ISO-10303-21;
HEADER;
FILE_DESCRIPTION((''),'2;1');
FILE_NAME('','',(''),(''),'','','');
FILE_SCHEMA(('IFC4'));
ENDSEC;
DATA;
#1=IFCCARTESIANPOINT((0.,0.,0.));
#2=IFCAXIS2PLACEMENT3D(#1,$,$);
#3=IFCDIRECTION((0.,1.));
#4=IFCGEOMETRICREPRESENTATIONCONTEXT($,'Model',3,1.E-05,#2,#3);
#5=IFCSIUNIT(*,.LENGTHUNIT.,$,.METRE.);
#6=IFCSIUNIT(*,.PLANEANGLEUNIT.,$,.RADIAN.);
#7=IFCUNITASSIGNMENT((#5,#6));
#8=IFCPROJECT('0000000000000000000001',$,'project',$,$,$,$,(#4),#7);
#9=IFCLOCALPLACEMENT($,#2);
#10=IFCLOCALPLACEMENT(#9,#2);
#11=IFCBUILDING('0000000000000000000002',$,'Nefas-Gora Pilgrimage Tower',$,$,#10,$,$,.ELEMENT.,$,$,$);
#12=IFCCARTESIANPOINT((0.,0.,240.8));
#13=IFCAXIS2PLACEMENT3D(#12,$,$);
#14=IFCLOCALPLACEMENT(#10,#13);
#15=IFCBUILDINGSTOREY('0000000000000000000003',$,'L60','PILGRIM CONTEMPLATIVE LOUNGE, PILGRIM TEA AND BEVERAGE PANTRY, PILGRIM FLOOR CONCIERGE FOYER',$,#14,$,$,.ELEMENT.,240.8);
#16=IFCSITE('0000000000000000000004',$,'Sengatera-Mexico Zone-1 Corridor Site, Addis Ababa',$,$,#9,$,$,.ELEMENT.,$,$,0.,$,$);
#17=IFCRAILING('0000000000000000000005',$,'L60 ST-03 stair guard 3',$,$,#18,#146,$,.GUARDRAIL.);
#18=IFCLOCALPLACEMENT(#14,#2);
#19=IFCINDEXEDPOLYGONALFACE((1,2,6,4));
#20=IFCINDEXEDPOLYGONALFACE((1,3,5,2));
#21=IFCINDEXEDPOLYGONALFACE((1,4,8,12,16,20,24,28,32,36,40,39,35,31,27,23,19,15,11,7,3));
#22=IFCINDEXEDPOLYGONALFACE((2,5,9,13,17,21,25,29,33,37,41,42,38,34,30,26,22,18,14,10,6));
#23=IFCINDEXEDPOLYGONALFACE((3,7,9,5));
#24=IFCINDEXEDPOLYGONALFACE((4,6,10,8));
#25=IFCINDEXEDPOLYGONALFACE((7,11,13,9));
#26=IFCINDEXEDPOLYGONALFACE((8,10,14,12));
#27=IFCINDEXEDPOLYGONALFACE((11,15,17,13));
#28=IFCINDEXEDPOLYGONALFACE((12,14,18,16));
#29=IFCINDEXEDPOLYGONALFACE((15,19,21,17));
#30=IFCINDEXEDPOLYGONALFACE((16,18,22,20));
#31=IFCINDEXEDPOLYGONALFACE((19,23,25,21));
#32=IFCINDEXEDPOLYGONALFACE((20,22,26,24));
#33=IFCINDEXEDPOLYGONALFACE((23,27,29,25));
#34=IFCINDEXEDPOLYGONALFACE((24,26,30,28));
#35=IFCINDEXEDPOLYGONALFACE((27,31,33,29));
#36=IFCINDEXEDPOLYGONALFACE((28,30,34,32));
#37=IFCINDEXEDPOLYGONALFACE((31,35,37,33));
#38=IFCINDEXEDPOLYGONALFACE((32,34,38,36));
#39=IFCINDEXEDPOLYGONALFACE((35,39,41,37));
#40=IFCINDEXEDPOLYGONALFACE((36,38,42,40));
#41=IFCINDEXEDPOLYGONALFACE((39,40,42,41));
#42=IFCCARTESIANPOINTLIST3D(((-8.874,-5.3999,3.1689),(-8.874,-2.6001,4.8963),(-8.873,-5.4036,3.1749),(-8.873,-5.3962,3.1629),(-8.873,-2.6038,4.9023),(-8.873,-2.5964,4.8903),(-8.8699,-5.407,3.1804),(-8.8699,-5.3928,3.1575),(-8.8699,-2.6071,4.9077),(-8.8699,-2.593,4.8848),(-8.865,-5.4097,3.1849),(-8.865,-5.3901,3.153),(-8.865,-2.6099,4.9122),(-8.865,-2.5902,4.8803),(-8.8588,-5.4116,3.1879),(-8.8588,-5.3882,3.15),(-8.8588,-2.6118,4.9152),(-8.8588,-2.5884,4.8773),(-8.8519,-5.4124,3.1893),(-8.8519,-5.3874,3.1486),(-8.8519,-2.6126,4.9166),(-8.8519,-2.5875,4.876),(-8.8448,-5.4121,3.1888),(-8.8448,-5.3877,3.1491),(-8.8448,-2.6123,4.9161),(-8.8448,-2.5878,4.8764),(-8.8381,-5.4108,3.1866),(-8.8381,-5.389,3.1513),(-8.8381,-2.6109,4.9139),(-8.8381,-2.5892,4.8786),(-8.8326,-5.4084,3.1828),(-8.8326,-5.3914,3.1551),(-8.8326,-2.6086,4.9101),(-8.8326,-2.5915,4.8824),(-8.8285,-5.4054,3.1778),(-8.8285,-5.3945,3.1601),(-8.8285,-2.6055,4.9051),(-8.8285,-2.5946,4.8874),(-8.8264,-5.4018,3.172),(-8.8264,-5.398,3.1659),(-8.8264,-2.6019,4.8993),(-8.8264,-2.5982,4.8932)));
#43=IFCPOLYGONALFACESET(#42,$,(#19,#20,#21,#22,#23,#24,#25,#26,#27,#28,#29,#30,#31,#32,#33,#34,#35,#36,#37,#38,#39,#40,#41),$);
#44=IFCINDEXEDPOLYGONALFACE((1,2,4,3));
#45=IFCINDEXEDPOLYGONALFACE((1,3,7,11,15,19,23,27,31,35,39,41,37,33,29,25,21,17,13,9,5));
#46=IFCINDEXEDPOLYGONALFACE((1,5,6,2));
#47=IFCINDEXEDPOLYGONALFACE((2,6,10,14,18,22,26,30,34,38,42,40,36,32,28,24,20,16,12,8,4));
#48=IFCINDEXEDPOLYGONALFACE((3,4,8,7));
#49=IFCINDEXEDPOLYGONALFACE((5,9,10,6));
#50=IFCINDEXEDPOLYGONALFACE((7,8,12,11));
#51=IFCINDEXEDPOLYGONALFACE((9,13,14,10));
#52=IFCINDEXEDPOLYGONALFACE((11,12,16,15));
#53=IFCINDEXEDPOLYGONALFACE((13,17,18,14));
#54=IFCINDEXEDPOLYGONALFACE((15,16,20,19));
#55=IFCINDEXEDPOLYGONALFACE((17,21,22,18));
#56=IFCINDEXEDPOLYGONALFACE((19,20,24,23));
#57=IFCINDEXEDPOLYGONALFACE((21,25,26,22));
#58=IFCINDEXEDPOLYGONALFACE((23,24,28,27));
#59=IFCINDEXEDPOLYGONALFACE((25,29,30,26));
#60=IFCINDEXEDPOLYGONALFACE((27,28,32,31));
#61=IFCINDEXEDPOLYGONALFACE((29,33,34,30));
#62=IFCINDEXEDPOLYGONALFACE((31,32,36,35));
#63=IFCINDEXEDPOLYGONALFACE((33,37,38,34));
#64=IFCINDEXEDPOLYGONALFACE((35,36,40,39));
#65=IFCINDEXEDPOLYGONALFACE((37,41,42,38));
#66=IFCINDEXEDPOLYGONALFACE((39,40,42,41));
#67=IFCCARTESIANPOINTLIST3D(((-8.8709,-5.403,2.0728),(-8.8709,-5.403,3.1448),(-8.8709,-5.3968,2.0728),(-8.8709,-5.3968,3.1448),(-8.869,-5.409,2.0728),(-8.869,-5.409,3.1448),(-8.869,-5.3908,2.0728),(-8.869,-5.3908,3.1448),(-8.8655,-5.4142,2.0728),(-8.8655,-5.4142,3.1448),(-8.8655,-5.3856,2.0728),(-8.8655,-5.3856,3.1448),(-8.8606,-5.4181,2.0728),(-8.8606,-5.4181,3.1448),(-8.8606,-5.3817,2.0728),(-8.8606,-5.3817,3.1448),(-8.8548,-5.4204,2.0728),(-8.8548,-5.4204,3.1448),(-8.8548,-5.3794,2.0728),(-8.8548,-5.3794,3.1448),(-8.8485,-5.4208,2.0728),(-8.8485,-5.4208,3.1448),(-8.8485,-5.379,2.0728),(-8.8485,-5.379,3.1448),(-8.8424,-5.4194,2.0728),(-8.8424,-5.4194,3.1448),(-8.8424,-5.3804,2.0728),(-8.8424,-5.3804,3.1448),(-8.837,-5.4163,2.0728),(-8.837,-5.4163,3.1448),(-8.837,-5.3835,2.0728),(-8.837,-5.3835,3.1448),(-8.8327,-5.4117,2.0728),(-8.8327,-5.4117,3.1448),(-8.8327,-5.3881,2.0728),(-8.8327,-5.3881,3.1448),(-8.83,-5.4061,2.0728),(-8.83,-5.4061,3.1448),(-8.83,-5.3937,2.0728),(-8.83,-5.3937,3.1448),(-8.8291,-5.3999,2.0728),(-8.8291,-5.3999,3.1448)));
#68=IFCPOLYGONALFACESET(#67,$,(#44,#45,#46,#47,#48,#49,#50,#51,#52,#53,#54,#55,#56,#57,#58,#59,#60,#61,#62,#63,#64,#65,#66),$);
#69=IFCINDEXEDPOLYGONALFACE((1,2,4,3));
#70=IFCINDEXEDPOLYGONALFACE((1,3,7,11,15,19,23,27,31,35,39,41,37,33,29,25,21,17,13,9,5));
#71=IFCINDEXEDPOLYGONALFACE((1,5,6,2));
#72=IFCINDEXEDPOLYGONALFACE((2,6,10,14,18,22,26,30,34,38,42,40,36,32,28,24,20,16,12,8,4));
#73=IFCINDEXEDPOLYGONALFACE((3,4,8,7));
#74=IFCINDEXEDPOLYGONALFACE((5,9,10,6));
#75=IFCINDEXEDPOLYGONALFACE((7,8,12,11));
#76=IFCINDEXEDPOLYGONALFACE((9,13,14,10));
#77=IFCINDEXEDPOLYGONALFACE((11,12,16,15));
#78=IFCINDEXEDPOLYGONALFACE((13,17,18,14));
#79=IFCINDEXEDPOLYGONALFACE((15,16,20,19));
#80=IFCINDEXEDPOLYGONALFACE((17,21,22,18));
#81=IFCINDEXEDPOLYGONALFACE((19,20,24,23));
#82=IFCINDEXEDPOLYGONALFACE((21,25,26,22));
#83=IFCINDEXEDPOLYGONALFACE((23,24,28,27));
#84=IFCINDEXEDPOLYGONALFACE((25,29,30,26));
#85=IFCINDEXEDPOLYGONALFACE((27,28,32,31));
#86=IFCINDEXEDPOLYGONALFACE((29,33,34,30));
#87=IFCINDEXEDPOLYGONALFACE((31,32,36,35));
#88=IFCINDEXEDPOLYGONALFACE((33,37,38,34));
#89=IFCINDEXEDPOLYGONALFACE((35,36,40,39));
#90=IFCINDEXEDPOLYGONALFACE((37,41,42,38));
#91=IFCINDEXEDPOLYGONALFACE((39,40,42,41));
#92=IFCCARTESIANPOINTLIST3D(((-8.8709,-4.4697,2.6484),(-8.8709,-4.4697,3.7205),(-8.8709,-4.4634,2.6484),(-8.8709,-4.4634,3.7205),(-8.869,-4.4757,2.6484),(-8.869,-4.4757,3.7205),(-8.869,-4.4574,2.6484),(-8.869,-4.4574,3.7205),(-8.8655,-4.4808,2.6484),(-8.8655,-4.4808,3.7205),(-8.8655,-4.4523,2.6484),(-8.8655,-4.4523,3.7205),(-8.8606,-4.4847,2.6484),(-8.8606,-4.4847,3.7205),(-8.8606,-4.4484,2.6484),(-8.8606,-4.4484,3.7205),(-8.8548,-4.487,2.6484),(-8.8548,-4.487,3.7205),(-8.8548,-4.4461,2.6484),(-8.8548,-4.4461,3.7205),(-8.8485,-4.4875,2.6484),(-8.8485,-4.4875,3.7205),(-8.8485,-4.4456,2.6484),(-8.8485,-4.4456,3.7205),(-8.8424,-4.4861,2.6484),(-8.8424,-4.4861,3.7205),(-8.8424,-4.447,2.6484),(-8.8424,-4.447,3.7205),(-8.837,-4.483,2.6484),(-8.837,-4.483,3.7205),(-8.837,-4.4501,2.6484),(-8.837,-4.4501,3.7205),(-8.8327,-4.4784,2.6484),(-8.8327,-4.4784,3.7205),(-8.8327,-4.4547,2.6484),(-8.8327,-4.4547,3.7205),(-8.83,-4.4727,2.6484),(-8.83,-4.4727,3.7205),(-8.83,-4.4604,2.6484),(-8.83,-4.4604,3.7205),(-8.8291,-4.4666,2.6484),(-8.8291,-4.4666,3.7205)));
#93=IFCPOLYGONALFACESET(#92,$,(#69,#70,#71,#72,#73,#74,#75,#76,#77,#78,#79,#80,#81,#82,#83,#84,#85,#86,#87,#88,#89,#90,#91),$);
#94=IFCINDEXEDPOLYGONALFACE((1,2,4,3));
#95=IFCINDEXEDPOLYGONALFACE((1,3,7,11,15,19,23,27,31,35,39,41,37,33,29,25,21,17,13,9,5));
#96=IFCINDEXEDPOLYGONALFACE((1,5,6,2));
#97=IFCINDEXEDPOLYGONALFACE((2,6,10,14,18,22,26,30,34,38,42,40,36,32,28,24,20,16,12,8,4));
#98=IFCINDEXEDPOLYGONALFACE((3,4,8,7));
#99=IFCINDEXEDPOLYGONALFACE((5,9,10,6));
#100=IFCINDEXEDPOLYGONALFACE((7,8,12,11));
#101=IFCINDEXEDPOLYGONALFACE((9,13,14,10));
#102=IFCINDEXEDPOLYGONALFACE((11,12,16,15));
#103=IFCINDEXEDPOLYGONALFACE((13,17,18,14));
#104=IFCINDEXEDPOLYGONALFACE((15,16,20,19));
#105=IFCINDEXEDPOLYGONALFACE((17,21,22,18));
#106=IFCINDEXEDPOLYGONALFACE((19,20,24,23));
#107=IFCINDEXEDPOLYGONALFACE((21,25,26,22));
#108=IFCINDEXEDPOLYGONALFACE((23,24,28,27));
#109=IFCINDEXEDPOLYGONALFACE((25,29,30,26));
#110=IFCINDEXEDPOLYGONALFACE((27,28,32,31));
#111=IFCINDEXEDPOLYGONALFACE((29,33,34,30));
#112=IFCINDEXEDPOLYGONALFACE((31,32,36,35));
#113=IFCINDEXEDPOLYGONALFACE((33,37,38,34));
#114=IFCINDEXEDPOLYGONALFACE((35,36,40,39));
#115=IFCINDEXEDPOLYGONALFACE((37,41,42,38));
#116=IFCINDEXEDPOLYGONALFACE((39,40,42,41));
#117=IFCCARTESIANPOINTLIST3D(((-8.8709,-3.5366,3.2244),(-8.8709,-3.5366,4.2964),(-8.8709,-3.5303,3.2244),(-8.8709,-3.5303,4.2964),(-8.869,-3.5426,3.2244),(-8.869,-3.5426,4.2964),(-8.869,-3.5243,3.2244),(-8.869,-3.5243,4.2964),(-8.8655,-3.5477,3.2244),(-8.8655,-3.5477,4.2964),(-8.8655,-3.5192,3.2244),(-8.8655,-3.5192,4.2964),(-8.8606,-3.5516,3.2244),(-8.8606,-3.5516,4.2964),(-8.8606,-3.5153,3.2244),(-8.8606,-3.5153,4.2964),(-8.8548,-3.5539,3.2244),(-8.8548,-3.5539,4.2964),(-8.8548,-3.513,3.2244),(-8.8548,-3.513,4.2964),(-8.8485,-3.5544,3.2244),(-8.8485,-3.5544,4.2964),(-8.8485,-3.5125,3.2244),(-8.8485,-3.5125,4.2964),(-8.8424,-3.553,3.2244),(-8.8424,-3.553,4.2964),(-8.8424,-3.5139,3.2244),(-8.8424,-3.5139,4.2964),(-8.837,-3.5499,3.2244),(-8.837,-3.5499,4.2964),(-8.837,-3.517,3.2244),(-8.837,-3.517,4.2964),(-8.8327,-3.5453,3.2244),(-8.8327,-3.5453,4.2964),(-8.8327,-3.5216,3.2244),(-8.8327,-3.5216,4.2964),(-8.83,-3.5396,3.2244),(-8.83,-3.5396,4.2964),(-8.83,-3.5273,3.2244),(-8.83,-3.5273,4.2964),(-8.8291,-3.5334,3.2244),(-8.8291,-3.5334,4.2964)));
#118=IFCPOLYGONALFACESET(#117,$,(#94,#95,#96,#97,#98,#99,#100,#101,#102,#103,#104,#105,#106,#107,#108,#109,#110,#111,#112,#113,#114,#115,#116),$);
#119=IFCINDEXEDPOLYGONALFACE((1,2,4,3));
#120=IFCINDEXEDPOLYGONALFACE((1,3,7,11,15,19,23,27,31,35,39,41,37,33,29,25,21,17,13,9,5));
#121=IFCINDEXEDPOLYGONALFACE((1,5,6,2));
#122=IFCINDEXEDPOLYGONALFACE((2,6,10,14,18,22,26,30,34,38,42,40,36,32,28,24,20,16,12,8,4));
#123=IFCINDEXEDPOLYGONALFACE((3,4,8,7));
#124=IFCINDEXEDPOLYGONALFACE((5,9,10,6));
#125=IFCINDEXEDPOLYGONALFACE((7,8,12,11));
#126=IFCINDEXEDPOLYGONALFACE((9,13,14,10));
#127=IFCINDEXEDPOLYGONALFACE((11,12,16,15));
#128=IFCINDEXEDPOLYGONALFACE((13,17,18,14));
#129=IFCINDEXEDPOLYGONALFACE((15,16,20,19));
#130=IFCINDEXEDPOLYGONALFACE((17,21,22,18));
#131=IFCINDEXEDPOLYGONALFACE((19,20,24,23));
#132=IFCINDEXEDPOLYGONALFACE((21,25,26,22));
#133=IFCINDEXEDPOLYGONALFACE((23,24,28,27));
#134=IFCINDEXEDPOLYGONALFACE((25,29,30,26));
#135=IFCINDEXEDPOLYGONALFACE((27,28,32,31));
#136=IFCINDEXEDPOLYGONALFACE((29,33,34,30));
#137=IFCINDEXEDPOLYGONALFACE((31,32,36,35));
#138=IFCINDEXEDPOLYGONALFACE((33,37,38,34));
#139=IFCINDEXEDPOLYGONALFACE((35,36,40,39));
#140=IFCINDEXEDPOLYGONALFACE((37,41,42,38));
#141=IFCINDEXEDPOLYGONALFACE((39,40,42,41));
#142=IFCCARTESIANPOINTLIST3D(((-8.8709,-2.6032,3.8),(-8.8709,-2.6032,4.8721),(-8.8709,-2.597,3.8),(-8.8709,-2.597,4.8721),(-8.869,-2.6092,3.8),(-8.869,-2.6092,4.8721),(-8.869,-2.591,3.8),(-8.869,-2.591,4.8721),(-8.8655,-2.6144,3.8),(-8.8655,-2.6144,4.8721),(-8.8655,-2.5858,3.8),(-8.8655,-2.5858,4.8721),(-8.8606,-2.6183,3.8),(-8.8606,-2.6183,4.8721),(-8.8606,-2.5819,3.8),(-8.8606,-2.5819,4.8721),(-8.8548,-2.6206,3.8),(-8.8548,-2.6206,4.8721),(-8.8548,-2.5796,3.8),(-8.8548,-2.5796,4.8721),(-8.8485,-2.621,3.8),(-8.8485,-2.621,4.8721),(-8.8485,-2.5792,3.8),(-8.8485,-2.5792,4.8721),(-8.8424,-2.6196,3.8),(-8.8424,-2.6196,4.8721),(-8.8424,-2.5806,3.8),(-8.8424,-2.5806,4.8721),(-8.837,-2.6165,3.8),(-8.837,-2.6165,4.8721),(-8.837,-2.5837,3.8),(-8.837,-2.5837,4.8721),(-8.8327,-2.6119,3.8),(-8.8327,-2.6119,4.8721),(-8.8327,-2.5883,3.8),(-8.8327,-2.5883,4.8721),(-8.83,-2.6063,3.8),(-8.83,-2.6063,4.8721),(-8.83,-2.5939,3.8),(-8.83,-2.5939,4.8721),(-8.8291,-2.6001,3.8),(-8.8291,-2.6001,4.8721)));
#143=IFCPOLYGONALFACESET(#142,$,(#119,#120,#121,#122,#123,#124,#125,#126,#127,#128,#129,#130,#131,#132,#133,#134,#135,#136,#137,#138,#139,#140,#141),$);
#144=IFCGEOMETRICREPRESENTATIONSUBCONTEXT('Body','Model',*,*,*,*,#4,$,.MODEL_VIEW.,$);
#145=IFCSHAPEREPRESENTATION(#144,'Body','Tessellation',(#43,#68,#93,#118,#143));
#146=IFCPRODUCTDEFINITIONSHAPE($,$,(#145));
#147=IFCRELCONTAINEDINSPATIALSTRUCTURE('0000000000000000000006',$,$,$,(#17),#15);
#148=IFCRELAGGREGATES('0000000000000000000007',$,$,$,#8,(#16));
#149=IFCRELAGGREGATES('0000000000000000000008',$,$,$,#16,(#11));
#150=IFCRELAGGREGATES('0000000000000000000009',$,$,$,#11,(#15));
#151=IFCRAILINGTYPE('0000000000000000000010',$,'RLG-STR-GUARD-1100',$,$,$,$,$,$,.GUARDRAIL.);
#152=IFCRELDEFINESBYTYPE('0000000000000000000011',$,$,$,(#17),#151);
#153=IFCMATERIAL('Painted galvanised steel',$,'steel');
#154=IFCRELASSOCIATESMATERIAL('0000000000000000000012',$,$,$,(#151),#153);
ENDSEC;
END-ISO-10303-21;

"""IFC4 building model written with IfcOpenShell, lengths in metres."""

from ifc_helpers import new_model, si_unit, direction, frame, origin, origin_2d, place, context, subcontext, project, spatial, circle, extrude, material, type_object, element, save


model = new_model("IFC4")

# Units and contexts
model_context = context("Model", 3, precision=1e-05, world=origin(), true_north=direction((0.0, 1.0)))
body_context = subcontext(model_context, "Body", "Model", "MODEL_VIEW")
ifc_project = project(units=[si_unit("LENGTHUNIT", "METRE"), si_unit("PLANEANGLEUNIT", "RADIAN")], contexts=[model_context])

# Site, building, storey
site_placement = place(None, origin())
site = spatial("IfcSite", under=ifc_project, at=site_placement, Name="Sengatera-Mexico Zone-1 Corridor Site, Addis Ababa", CompositionType="ELEMENT", RefElevation=0.0)
building_placement = place(site_placement, origin())
building = spatial("IfcBuilding", under=site, at=building_placement, Name="Nefas-Gora Pilgrimage Tower", CompositionType="ELEMENT")
storey_placement = place(building_placement, frame((0.0, 0.0, 240.8)))
storey = spatial("IfcBuildingStorey", under=building, at=storey_placement, Name="L60", Description="PILGRIM CONTEMPLATIVE LOUNGE, PILGRIM TEA AND BEVERAGE PANTRY, PILGRIM FLOOR CONCIERGE FOYER", CompositionType="ELEMENT", Elevation=240.8)

# Railing
ifc_material_1 = material(Name="Painted galvanised steel", Category="steel")
railing_type_1 = type_object("IfcRailingType", Name="RLG-STR-GUARD-1100", PredefinedType="GUARDRAIL", material=ifc_material_1)
railing_1_placement = place(storey_placement, frame((-8.8501, -5.3999, 2.0728)))
element("IfcRailing", 1, at=railing_1_placement, inside=storey, type_object=railing_type_1, Name="L60 ST-03 stair guard 3", PredefinedType="GUARDRAIL", context=body_context, shape_type="SweptSolid", body=[
    extrude(circle(Radius=0.0239, at=origin_2d()), frame((0.0, 0.0, 1.0962), z_axis=(0.0, 0.851069, 0.525054), x_axis=(-1.0, 0.0, 0.0)), (0.0, 0.0, 1.0), 3.2898),
    extrude(circle(Radius=0.021, at=origin_2d()), origin(), (0.0, 0.0, 1.0), 1.072),
    extrude(circle(Radius=0.021, at=origin_2d()), frame((0.0, 0.9333, 0.5757)), (0.0, 0.0, 1.0), 1.072),
    extrude(circle(Radius=0.021, at=origin_2d()), frame((0.0, 1.8665, 1.1516)), (0.0, 0.0, 1.0), 1.072),
    extrude(circle(Radius=0.021, at=origin_2d()), frame((0.0, 2.7998, 1.7273)), (0.0, 0.0, 1.0), 1.072),
])

save(model, "model.ifc")
